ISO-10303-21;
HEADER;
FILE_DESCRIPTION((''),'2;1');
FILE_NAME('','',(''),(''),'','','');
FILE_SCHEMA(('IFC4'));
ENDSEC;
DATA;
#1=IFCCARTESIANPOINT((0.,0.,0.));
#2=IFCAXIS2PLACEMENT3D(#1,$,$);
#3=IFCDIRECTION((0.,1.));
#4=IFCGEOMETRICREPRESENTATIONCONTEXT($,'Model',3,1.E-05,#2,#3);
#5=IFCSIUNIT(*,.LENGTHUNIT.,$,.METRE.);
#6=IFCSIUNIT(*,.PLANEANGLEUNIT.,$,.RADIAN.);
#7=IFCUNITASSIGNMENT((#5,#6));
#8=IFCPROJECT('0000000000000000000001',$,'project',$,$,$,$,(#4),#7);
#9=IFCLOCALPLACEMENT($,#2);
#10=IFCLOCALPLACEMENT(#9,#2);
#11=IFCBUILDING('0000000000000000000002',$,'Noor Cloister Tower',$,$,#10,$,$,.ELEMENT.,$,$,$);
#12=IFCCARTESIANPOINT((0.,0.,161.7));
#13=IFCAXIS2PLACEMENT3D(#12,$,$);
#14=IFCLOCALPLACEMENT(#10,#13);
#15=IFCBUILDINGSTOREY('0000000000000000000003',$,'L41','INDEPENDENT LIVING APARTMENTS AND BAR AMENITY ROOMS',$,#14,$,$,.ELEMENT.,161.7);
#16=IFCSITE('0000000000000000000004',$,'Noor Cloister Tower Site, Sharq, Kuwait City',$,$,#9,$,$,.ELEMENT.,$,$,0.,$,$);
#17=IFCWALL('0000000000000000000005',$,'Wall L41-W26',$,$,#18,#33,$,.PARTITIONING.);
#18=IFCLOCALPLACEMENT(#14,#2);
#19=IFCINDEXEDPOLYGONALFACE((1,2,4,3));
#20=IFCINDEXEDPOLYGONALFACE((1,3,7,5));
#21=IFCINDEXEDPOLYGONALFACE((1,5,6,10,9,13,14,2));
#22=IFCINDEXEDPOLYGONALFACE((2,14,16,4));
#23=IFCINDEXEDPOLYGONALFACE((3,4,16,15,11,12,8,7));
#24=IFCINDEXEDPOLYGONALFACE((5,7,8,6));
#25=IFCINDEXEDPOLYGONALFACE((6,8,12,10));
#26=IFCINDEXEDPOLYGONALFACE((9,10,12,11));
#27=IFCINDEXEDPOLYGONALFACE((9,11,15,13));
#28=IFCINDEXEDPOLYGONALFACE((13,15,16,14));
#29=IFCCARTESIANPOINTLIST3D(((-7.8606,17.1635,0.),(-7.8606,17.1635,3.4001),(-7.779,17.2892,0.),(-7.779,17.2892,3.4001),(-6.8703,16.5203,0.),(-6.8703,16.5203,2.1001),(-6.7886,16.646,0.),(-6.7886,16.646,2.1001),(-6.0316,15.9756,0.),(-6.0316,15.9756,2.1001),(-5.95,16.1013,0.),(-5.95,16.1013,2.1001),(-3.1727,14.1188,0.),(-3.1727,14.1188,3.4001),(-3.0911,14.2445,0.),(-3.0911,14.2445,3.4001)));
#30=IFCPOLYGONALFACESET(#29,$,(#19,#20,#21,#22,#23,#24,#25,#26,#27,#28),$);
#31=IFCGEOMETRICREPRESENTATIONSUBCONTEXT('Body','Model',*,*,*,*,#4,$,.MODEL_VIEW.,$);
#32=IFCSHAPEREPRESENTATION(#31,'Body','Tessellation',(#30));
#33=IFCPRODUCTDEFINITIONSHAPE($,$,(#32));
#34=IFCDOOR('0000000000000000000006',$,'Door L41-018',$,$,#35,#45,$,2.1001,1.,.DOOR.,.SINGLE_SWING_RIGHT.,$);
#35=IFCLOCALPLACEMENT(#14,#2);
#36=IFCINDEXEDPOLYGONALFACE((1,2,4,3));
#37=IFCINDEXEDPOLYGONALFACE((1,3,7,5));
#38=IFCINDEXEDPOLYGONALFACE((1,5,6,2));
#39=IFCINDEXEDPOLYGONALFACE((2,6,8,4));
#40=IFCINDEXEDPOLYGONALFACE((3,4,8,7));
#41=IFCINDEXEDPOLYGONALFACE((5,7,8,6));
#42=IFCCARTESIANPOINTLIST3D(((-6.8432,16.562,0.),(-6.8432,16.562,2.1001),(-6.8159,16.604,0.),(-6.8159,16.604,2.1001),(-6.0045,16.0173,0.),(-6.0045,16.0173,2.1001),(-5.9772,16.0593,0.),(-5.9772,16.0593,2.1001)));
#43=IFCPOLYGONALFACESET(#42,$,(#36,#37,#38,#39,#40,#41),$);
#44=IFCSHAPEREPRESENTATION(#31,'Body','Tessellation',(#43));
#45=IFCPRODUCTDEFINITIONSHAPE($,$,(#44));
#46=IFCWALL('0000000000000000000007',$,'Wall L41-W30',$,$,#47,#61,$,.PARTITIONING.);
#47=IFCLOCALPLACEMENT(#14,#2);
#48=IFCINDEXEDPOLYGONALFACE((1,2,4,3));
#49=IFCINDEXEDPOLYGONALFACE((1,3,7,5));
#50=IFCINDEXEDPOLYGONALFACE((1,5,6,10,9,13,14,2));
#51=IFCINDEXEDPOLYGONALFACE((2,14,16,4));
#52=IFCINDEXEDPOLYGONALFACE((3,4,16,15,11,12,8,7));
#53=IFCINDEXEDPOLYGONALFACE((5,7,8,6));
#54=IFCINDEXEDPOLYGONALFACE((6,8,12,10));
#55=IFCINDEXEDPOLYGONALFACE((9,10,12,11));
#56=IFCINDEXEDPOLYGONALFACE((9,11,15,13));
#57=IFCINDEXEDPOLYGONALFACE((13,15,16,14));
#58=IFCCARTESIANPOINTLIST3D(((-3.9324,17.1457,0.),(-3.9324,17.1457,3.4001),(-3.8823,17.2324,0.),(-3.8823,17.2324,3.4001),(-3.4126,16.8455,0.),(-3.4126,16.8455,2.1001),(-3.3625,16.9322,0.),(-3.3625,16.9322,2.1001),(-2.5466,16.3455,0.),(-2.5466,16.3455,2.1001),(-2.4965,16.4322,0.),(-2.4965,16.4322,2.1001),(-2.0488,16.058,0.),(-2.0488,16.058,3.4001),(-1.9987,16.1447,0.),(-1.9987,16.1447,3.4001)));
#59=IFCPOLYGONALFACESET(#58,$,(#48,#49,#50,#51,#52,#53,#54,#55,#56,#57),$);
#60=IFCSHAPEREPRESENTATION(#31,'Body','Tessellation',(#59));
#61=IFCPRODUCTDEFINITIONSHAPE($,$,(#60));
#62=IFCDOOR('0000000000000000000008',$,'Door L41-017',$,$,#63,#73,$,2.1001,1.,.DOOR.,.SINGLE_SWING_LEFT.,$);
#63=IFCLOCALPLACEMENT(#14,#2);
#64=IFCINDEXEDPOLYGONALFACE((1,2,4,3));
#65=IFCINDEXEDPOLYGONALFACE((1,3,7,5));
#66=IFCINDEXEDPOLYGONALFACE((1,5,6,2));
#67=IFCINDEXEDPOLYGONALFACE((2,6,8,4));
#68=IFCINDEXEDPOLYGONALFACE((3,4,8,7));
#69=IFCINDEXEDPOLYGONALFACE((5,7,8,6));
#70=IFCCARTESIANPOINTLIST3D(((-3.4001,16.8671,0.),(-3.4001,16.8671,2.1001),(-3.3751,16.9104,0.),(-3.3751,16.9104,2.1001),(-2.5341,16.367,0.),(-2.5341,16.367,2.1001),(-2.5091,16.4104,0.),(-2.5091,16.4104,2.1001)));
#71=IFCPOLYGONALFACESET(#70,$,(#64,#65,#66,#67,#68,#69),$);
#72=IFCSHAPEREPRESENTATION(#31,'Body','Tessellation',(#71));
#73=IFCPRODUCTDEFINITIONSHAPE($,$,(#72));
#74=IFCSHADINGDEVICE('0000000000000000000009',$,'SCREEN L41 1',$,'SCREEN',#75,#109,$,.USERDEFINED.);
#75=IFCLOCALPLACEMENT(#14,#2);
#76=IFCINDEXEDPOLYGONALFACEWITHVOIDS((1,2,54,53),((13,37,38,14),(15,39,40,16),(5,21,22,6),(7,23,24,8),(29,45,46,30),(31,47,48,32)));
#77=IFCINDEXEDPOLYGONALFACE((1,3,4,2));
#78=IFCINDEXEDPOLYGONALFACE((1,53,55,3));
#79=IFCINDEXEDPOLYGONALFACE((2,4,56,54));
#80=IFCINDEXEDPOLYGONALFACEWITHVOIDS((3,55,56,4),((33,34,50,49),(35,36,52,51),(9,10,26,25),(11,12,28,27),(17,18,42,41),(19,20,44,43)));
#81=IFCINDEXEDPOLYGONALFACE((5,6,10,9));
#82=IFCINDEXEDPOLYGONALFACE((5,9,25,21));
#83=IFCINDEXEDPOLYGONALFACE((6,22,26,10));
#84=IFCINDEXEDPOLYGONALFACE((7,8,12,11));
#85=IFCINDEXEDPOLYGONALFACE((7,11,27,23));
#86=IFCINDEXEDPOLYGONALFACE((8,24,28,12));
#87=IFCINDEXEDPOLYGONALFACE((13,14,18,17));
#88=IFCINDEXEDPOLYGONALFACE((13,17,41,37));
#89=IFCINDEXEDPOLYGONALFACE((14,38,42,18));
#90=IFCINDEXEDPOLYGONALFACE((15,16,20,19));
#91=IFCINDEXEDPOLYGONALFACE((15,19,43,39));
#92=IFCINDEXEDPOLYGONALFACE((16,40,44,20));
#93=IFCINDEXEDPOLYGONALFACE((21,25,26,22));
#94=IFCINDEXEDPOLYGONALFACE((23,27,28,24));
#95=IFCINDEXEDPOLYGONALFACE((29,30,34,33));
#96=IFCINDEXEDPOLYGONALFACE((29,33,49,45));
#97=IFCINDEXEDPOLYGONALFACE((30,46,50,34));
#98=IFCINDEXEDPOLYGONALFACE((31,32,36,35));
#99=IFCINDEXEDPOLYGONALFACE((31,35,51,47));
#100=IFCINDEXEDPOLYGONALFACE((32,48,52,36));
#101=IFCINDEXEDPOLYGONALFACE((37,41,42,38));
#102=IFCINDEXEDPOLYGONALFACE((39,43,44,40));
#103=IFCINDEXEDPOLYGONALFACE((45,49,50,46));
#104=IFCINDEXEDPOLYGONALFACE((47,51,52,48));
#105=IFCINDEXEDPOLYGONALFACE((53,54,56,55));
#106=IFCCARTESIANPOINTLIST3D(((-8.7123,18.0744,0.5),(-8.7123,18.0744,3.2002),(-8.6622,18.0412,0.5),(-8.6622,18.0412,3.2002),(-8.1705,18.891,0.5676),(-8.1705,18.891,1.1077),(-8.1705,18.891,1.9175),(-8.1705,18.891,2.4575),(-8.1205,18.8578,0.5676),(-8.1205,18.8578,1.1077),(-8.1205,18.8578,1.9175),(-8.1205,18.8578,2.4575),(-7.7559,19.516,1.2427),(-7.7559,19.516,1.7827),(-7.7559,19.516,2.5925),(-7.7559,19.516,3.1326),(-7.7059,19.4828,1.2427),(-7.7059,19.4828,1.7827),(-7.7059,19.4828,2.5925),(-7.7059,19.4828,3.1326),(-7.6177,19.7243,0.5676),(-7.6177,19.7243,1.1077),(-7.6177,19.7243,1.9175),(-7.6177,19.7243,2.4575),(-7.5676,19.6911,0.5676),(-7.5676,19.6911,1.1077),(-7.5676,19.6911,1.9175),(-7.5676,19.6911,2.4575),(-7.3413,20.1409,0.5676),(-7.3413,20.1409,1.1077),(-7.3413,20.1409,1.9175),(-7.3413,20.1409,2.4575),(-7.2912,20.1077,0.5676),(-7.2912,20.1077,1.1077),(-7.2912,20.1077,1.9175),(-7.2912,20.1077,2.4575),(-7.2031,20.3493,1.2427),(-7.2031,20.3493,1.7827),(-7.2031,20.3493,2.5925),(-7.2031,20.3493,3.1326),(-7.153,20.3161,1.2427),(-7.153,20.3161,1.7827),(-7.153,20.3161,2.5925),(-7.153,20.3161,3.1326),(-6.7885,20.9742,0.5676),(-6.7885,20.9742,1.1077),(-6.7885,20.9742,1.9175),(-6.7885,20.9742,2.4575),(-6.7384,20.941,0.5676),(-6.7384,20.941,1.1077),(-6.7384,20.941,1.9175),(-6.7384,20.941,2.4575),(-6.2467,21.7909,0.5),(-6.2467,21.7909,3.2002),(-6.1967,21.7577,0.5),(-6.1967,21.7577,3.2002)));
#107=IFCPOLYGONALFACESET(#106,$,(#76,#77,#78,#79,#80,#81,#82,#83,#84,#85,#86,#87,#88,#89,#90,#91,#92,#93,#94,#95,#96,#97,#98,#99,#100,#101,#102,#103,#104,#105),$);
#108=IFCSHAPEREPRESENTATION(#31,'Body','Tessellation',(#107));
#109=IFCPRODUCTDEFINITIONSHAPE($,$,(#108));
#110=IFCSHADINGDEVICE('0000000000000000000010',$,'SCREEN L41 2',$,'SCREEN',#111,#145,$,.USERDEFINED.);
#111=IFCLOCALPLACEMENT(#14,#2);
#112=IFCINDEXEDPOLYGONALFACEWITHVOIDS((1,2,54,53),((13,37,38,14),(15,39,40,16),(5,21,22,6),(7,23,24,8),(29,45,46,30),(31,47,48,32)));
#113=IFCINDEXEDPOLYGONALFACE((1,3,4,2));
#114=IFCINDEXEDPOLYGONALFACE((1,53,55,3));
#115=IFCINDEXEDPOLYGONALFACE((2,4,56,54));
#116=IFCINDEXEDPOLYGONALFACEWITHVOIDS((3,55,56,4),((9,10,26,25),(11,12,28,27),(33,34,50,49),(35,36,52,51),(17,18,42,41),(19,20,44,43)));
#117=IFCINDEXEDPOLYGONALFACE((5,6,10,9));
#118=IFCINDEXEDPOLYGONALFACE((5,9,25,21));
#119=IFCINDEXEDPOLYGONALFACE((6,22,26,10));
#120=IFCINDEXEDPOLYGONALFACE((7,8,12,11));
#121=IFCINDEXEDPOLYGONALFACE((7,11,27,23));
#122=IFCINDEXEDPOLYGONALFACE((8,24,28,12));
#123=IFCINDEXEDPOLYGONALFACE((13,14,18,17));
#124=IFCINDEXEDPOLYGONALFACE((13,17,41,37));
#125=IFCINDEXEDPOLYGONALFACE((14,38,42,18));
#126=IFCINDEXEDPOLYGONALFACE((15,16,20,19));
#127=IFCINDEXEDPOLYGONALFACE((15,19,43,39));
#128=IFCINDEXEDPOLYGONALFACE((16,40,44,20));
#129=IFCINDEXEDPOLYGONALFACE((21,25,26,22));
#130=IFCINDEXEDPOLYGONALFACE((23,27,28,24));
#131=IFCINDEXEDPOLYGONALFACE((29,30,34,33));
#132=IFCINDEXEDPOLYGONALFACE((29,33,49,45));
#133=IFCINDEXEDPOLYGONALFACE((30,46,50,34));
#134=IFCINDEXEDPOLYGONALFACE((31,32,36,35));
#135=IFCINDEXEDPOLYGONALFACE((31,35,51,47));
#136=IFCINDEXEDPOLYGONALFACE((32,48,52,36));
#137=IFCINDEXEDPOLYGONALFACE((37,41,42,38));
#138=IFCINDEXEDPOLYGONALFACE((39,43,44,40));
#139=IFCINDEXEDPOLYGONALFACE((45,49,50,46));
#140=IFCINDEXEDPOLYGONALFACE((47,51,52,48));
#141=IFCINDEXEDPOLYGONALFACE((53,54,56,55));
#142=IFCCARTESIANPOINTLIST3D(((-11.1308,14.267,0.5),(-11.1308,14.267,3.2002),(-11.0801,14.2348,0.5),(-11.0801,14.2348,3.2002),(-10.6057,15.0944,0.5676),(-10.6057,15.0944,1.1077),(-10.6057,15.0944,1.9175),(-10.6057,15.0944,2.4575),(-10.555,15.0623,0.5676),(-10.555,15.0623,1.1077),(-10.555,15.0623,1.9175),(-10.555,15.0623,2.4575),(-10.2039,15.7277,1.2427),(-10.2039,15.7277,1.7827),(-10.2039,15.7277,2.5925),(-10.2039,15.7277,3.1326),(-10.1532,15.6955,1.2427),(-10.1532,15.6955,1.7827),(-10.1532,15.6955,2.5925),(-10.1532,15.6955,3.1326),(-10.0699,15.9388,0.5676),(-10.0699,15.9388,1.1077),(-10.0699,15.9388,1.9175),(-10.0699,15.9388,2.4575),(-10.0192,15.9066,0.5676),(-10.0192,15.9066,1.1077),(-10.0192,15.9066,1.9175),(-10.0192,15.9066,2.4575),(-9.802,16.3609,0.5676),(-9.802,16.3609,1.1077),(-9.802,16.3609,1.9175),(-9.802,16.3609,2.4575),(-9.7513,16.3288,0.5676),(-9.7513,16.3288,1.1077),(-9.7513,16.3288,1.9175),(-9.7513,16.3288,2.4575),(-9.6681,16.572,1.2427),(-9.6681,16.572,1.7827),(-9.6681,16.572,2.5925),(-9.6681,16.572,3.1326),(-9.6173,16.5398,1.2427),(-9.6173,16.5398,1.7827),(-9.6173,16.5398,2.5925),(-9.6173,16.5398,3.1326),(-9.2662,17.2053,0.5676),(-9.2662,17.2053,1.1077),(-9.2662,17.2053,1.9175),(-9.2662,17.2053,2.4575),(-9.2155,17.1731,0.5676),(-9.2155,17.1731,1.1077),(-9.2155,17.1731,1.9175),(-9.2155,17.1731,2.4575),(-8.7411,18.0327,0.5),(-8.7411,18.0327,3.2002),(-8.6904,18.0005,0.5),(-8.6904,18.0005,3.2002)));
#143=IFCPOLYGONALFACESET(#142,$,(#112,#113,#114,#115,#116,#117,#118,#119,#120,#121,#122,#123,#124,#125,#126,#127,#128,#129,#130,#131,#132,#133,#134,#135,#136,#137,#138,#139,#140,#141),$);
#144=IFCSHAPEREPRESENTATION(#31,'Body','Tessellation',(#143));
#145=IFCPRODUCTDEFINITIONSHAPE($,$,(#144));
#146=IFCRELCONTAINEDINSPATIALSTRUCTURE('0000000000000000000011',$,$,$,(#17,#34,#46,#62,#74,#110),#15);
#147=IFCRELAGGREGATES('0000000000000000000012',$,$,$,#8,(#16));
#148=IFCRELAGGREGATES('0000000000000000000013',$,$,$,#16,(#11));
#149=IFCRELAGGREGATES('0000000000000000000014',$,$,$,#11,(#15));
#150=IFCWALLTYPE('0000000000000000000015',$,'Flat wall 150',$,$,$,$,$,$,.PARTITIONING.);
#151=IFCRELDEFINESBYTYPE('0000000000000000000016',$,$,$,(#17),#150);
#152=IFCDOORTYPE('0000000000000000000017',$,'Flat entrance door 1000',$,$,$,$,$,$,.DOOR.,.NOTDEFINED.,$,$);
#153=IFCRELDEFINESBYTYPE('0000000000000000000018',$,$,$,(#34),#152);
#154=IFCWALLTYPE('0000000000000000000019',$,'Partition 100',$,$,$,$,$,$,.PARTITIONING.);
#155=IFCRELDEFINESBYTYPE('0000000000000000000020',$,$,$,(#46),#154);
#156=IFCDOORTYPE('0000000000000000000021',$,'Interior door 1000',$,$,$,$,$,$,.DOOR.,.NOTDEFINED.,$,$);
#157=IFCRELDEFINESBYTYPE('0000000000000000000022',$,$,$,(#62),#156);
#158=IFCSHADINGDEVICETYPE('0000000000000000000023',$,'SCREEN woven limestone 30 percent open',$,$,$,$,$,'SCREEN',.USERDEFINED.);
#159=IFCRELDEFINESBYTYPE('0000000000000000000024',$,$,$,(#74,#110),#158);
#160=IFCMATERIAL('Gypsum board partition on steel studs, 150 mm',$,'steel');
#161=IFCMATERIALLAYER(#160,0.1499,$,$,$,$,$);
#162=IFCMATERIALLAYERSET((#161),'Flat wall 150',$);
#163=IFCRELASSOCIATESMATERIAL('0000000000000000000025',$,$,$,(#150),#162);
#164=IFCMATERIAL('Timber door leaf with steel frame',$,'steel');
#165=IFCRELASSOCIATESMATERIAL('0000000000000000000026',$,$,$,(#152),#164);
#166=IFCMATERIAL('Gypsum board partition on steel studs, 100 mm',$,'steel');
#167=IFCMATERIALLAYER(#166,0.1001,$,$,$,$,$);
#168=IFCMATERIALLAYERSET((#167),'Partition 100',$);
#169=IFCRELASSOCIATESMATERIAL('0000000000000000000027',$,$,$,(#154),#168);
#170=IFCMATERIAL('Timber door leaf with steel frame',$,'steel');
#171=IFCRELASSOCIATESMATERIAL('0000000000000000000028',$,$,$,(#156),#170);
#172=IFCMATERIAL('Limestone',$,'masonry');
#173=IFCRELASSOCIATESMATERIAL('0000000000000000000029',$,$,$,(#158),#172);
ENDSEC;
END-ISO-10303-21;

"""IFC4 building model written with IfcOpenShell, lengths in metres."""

from ifc_helpers import new_model, si_unit, direction, frame, frame_2d, origin, place, context, subcontext, project, spatial, polyline, rectangle, outline, extrude, material, layer, layer_set, material_profile, profile_set, type_object, element, fill, save


model = new_model("IFC4")

# Units and contexts
model_context = context("Model", 3, precision=1e-05, world=origin(), true_north=direction((0.0, 1.0)))
body_context = subcontext(model_context, "Body", "Model", "MODEL_VIEW")
ifc_project = project(units=[si_unit("LENGTHUNIT", "METRE"), si_unit("PLANEANGLEUNIT", "RADIAN")], contexts=[model_context])

# Site, building, storey
site_placement = place(None, origin())
site = spatial("IfcSite", under=ifc_project, at=site_placement, Name="Noor Cloister Tower Site, Sharq, Kuwait City", CompositionType="ELEMENT", RefElevation=0.0)
building_placement = place(site_placement, origin())
building = spatial("IfcBuilding", under=site, at=building_placement, Name="Noor Cloister Tower", CompositionType="ELEMENT")
storey_placement = place(building_placement, frame((0.0, 0.0, 161.7)))
storey = spatial("IfcBuildingStorey", under=building, at=storey_placement, Name="L41", Description="INDEPENDENT LIVING APARTMENTS AND BAR AMENITY ROOMS", CompositionType="ELEMENT", Elevation=161.7)

# Walls, openings, doors
ifc_material_1 = material(Name="Gypsum board partition on steel studs, 150 mm", Category="steel")
ifc_layer_1 = layer(ifc_material_1, 0.1499)
ifc_layer_set_1 = layer_set([ifc_layer_1], Name="Flat wall 150")
wall_type_1 = type_object("IfcWallType", Name="Flat wall 150", PredefinedType="PARTITIONING", material=ifc_layer_set_1)
wall_1_placement = place(storey_placement, frame((-7.8198, 17.2263, 0.0), z_axis=(0.0, 0.0, 1.0), x_axis=(0.838649, -0.544672, 0.0)))
wall_1 = element("IfcWall", 1, at=wall_1_placement, inside=storey, type_object=wall_type_1, Name="Wall L41-W26", PredefinedType="PARTITIONING", context=body_context, shape_type="SweptSolid", body=[
    extrude(rectangle(XDim=5.5898, YDim=0.1499, at=frame_2d((2.7949, 0.0))), origin(), (0.0, 0.0, 1.0), 3.4001),
])
opening_1_placement = place(wall_1_placement, frame((1.1809, 0.0, 0.0)))
opening_1 = element("IfcOpeningElement", 2, at=opening_1_placement, cuts=wall_1, PredefinedType="OPENING", context=body_context, shape_type="SweptSolid", body=[
    extrude(rectangle(XDim=1.0, YDim=2.1001, at=frame_2d((0.5, 1.05))), frame((0.0, 0.085, 0.0), z_axis=(0.0, -1.0, 0.0), x_axis=(1.0, 0.0, 0.0)), (0.0, 0.0, 1.0), 0.1699),
])
ifc_material_2 = material(Name="Timber door leaf with steel frame", Category="steel")
door_type_1 = type_object("IfcDoorType", Name="Flat entrance door 1000", OperationType="NOTDEFINED", PredefinedType="DOOR", material=ifc_material_2)
door_1_placement = place(opening_1_placement, origin())
door_1 = element("IfcDoor", 3, at=door_1_placement, inside=storey, type_object=door_type_1, Name="Door L41-018", OperationType="SINGLE_SWING_RIGHT", OverallHeight=2.1001, OverallWidth=1.0, PredefinedType="DOOR", context=body_context, shape_type="SweptSolid", body=[
    extrude(rectangle(XDim=1.0, YDim=2.1001, at=frame_2d((0.5, 1.05))), frame((0.0, 0.0249, 0.0), z_axis=(0.0, -1.0, 0.0), x_axis=(1.0, 0.0, 0.0)), (0.0, 0.0, 1.0), 0.05),
])
fill(opening_1, door_1)
ifc_material_3 = material(Name="Gypsum board partition on steel studs, 100 mm", Category="steel")
ifc_layer_2 = layer(ifc_material_3, 0.1001)
ifc_layer_set_2 = layer_set([ifc_layer_2], Name="Partition 100")
wall_type_2 = type_object("IfcWallType", Name="Partition 100", PredefinedType="PARTITIONING", material=ifc_layer_set_2)
wall_2_placement = place(storey_placement, frame((-3.9072, 17.189, 0.0), z_axis=(0.0, 0.0, 1.0), x_axis=(0.865989, -0.500063, 0.0)))
wall_2 = element("IfcWall", 4, at=wall_2_placement, inside=storey, type_object=wall_type_2, Name="Wall L41-W30", PredefinedType="PARTITIONING", context=body_context, shape_type="SweptSolid", body=[
    extrude(rectangle(XDim=2.175, YDim=0.1001, at=frame_2d((1.0874, 0.0))), origin(), (0.0, 0.0, 1.0), 3.4001),
])
opening_2_placement = place(wall_2_placement, frame((0.6001, 0.0, 0.0)))
opening_2 = element("IfcOpeningElement", 5, at=opening_2_placement, cuts=wall_2, PredefinedType="OPENING", context=body_context, shape_type="SweptSolid", body=[
    extrude(rectangle(XDim=1.0, YDim=2.1001, at=frame_2d((0.5, 1.05))), frame((0.0, 0.0601, 0.0), z_axis=(0.0, -1.0, 0.0), x_axis=(1.0, 0.0, 0.0)), (0.0, 0.0, 1.0), 0.1201),
])
ifc_material_4 = material(Name="Timber door leaf with steel frame", Category="steel")
door_type_2 = type_object("IfcDoorType", Name="Interior door 1000", OperationType="NOTDEFINED", PredefinedType="DOOR", material=ifc_material_4)
door_2_placement = place(opening_2_placement, origin())
door_2 = element("IfcDoor", 6, at=door_2_placement, inside=storey, type_object=door_type_2, Name="Door L41-017", OperationType="SINGLE_SWING_LEFT", OverallHeight=2.1001, OverallWidth=1.0, PredefinedType="DOOR", context=body_context, shape_type="SweptSolid", body=[
    extrude(rectangle(XDim=1.0, YDim=2.1001, at=frame_2d((0.5, 1.05))), frame((0.0, 0.0249, 0.0), z_axis=(0.0, -1.0, 0.0), x_axis=(1.0, 0.0, 0.0)), (0.0, 0.0, 1.0), 0.05),
])
fill(opening_2, door_2)

# Shading devices
ifc_material_5 = material(Name="Limestone", Category="masonry")
ifc_material_profile_1 = material_profile(ifc_material_5, outline(polyline([(-2.23, -1.3501), (2.23, -1.3501), (2.23, 1.3501), (-2.23, 1.3501), (-2.23, -1.3501)]), holes=[polyline([(-1.25, -1.2825), (-0.25, -1.2825), (-0.25, -0.7424), (-1.25, -0.7424), (-1.25, -1.2825)]), polyline([(0.25, -1.2825), (1.25, -1.2825), (1.25, -0.7424), (0.25, -0.7424), (0.25, -1.2825)]), polyline([(-0.5, -0.6074), (0.5, -0.6074), (0.5, -0.0674), (-0.5, -0.0674), (-0.5, -0.6074)]), polyline([(-1.25, 0.0674), (-0.25, 0.0674), (-0.25, 0.6074), (-1.25, 0.6074), (-1.25, 0.0674)]), polyline([(0.25, 0.0674), (1.25, 0.0674), (1.25, 0.6074), (0.25, 0.6074), (0.25, 0.0674)]), polyline([(-0.5, 0.7424), (0.5, 0.7424), (0.5, 1.2825), (-0.5, 1.2825), (-0.5, 0.7424)])]), Name="Woven screen 30 percent open")
ifc_profile_set_1 = profile_set([ifc_material_profile_1], Name="Limestone")
shading_device_type = type_object("IfcShadingDeviceType", Name="SCREEN woven limestone 30 percent open", ElementType="SCREEN", PredefinedType="USERDEFINED", material=ifc_profile_set_1)
for number, where, z_axis, x_axis, name in (
    (7, (-7.4294, 19.8994, 1.8501), (-0.833299, 0.552823, 0.0), (-0.552823, -0.833299, 0.0), "SCREEN L41 1"),
    (8, (-9.8853, 16.1177, 1.8501), (-0.844329, 0.535824, 0.0), (-0.535824, -0.844329, 0.0), "SCREEN L41 2"),
):
    element("IfcShadingDevice", number, at=place(storey_placement, frame(where, z_axis=z_axis, x_axis=x_axis)), inside=storey, type_object=shading_device_type, Name=name, ObjectType="SCREEN", PredefinedType="USERDEFINED", context=body_context, shape_type="SweptSolid", body=[
        extrude(outline(polyline([(-2.23, -1.3501), (2.23, -1.3501), (2.23, 1.3501), (-2.23, 1.3501), (-2.23, -1.3501)]), holes=[polyline([(-1.25, -1.2825), (-0.25, -1.2825), (-0.25, -0.7424), (-1.25, -0.7424), (-1.25, -1.2825)]), polyline([(0.25, -1.2825), (1.25, -1.2825), (1.25, -0.7424), (0.25, -0.7424), (0.25, -1.2825)]), polyline([(-0.5, -0.6074), (0.5, -0.6074), (0.5, -0.0674), (-0.5, -0.0674), (-0.5, -0.6074)]), polyline([(-1.25, 0.0674), (-0.25, 0.0674), (-0.25, 0.6074), (-1.25, 0.6074), (-1.25, 0.0674)]), polyline([(0.25, 0.0674), (1.25, 0.0674), (1.25, 0.6074), (0.25, 0.6074), (0.25, 0.0674)]), polyline([(-0.5, 0.7424), (0.5, 0.7424), (0.5, 1.2825), (-0.5, 1.2825), (-0.5, 0.7424)])]), origin(), (0.0, 0.0, 1.0), 0.0601),
    ])

save(model, "model.ifc")
